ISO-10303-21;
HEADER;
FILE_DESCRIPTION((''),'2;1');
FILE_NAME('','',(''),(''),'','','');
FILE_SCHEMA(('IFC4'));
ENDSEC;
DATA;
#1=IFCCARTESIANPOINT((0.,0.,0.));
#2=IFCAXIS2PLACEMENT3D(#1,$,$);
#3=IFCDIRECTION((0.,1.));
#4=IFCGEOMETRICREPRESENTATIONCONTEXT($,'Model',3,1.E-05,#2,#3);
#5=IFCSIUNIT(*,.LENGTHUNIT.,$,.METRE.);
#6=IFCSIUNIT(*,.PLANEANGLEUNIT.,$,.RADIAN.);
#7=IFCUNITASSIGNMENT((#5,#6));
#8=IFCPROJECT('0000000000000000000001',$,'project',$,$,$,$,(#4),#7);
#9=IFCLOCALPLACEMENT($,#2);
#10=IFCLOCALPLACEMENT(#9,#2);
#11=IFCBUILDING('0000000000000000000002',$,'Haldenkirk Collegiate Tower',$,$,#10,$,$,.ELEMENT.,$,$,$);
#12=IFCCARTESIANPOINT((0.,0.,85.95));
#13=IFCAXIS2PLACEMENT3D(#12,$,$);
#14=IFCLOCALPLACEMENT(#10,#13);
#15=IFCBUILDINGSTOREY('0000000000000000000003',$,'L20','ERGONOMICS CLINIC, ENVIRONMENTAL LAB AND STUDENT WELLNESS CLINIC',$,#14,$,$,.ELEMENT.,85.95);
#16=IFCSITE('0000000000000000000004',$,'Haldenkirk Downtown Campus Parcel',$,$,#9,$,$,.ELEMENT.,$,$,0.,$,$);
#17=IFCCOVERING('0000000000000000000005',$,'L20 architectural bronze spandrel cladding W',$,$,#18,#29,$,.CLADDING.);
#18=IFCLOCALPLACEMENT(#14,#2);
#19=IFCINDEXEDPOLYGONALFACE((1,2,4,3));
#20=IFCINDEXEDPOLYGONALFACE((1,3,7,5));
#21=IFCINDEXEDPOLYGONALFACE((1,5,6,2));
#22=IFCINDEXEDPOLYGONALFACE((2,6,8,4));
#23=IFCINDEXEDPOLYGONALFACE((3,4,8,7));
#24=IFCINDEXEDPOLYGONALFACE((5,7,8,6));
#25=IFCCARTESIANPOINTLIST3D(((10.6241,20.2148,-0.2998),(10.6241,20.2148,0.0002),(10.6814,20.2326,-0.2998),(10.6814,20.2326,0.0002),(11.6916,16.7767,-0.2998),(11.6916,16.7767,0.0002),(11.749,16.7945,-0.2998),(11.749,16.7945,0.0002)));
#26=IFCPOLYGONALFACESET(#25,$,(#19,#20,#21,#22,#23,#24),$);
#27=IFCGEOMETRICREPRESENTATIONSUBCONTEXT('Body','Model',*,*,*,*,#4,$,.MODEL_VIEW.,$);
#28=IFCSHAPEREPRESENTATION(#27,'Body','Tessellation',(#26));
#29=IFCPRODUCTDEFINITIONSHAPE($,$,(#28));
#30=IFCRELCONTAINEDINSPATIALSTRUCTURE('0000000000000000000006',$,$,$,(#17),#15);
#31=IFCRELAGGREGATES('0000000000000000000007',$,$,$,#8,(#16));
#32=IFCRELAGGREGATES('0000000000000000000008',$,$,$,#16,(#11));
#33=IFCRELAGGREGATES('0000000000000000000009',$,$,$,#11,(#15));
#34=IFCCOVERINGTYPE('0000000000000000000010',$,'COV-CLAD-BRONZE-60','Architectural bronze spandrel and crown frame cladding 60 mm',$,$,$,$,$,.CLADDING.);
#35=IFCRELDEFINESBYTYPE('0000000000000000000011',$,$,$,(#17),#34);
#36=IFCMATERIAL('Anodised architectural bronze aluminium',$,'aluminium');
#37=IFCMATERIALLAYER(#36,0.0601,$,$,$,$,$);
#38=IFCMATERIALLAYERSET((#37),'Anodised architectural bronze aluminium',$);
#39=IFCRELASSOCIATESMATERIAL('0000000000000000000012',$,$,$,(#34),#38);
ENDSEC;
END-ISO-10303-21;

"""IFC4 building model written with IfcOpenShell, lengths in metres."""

from ifc_helpers import new_model, si_unit, direction, frame, origin, origin_2d, place, context, subcontext, project, spatial, rectangle, extrude, source, transform, mapped, material, layer, layer_set, type_object, element, save


model = new_model("IFC4")

# Units and contexts
model_context = context("Model", 3, precision=1e-05, world=origin(), true_north=direction((0.0, 1.0)))
body_context = subcontext(model_context, "Body", "Model", "MODEL_VIEW")
ifc_project = project(units=[si_unit("LENGTHUNIT", "METRE"), si_unit("PLANEANGLEUNIT", "RADIAN")], contexts=[model_context])

# Site, building, storey
site_placement = place(None, origin())
site = spatial("IfcSite", under=ifc_project, at=site_placement, Name="Haldenkirk Downtown Campus Parcel", CompositionType="ELEMENT", RefElevation=0.0)
building_placement = place(site_placement, origin())
building = spatial("IfcBuilding", under=site, at=building_placement, Name="Haldenkirk Collegiate Tower", CompositionType="ELEMENT")
storey_placement = place(building_placement, frame((0.0, 0.0, 85.95)))
storey = spatial("IfcBuildingStorey", under=building, at=storey_placement, Name="L20", Description="ERGONOMICS CLINIC, ENVIRONMENTAL LAB AND STUDENT WELLNESS CLINIC", CompositionType="ELEMENT", Elevation=85.95)

# Shared definitions
ifc_material_1 = material(Name="Anodised architectural bronze aluminium", Category="aluminium")

# Covering
ifc_layer_1 = layer(ifc_material_1, 0.0601)
ifc_layer_set_1 = layer_set([ifc_layer_1], Name="Anodised architectural bronze aluminium")
covering_type_1 = type_object("IfcCoveringType", Name="COV-CLAD-BRONZE-60", Description="Architectural bronze spandrel and crown frame cladding 60 mm", PredefinedType="CLADDING", material=ifc_layer_set_1)
shared_shape_1 = source(origin(), body_context, "Body", "SweptSolid", [
    extrude(rectangle(XDim=3.6001, YDim=0.0601, at=origin_2d()), origin(), (0.0, 0.0, 1.0), 0.3),
])
covering_1_placement = place(storey_placement, frame((11.1865, 18.5046, -0.2998), z_axis=(0.0, 0.0, 1.0), x_axis=(-0.296542, 0.95502, 0.0)))
element("IfcCovering", 1, at=covering_1_placement, inside=storey, type_object=covering_type_1, Name="L20 architectural bronze spandrel cladding W", PredefinedType="CLADDING", context=body_context, shape_type="MappedRepresentation", body=[
    mapped(shared_shape_1, transform((0.0, 0.0, 0.0), x_axis=(1.0, 0.0, 0.0), y_axis=(0.0, 1.0, 0.0), z_axis=(0.0, 0.0, 1.0), scale=1.0)),
])

save(model, "model.ifc")
